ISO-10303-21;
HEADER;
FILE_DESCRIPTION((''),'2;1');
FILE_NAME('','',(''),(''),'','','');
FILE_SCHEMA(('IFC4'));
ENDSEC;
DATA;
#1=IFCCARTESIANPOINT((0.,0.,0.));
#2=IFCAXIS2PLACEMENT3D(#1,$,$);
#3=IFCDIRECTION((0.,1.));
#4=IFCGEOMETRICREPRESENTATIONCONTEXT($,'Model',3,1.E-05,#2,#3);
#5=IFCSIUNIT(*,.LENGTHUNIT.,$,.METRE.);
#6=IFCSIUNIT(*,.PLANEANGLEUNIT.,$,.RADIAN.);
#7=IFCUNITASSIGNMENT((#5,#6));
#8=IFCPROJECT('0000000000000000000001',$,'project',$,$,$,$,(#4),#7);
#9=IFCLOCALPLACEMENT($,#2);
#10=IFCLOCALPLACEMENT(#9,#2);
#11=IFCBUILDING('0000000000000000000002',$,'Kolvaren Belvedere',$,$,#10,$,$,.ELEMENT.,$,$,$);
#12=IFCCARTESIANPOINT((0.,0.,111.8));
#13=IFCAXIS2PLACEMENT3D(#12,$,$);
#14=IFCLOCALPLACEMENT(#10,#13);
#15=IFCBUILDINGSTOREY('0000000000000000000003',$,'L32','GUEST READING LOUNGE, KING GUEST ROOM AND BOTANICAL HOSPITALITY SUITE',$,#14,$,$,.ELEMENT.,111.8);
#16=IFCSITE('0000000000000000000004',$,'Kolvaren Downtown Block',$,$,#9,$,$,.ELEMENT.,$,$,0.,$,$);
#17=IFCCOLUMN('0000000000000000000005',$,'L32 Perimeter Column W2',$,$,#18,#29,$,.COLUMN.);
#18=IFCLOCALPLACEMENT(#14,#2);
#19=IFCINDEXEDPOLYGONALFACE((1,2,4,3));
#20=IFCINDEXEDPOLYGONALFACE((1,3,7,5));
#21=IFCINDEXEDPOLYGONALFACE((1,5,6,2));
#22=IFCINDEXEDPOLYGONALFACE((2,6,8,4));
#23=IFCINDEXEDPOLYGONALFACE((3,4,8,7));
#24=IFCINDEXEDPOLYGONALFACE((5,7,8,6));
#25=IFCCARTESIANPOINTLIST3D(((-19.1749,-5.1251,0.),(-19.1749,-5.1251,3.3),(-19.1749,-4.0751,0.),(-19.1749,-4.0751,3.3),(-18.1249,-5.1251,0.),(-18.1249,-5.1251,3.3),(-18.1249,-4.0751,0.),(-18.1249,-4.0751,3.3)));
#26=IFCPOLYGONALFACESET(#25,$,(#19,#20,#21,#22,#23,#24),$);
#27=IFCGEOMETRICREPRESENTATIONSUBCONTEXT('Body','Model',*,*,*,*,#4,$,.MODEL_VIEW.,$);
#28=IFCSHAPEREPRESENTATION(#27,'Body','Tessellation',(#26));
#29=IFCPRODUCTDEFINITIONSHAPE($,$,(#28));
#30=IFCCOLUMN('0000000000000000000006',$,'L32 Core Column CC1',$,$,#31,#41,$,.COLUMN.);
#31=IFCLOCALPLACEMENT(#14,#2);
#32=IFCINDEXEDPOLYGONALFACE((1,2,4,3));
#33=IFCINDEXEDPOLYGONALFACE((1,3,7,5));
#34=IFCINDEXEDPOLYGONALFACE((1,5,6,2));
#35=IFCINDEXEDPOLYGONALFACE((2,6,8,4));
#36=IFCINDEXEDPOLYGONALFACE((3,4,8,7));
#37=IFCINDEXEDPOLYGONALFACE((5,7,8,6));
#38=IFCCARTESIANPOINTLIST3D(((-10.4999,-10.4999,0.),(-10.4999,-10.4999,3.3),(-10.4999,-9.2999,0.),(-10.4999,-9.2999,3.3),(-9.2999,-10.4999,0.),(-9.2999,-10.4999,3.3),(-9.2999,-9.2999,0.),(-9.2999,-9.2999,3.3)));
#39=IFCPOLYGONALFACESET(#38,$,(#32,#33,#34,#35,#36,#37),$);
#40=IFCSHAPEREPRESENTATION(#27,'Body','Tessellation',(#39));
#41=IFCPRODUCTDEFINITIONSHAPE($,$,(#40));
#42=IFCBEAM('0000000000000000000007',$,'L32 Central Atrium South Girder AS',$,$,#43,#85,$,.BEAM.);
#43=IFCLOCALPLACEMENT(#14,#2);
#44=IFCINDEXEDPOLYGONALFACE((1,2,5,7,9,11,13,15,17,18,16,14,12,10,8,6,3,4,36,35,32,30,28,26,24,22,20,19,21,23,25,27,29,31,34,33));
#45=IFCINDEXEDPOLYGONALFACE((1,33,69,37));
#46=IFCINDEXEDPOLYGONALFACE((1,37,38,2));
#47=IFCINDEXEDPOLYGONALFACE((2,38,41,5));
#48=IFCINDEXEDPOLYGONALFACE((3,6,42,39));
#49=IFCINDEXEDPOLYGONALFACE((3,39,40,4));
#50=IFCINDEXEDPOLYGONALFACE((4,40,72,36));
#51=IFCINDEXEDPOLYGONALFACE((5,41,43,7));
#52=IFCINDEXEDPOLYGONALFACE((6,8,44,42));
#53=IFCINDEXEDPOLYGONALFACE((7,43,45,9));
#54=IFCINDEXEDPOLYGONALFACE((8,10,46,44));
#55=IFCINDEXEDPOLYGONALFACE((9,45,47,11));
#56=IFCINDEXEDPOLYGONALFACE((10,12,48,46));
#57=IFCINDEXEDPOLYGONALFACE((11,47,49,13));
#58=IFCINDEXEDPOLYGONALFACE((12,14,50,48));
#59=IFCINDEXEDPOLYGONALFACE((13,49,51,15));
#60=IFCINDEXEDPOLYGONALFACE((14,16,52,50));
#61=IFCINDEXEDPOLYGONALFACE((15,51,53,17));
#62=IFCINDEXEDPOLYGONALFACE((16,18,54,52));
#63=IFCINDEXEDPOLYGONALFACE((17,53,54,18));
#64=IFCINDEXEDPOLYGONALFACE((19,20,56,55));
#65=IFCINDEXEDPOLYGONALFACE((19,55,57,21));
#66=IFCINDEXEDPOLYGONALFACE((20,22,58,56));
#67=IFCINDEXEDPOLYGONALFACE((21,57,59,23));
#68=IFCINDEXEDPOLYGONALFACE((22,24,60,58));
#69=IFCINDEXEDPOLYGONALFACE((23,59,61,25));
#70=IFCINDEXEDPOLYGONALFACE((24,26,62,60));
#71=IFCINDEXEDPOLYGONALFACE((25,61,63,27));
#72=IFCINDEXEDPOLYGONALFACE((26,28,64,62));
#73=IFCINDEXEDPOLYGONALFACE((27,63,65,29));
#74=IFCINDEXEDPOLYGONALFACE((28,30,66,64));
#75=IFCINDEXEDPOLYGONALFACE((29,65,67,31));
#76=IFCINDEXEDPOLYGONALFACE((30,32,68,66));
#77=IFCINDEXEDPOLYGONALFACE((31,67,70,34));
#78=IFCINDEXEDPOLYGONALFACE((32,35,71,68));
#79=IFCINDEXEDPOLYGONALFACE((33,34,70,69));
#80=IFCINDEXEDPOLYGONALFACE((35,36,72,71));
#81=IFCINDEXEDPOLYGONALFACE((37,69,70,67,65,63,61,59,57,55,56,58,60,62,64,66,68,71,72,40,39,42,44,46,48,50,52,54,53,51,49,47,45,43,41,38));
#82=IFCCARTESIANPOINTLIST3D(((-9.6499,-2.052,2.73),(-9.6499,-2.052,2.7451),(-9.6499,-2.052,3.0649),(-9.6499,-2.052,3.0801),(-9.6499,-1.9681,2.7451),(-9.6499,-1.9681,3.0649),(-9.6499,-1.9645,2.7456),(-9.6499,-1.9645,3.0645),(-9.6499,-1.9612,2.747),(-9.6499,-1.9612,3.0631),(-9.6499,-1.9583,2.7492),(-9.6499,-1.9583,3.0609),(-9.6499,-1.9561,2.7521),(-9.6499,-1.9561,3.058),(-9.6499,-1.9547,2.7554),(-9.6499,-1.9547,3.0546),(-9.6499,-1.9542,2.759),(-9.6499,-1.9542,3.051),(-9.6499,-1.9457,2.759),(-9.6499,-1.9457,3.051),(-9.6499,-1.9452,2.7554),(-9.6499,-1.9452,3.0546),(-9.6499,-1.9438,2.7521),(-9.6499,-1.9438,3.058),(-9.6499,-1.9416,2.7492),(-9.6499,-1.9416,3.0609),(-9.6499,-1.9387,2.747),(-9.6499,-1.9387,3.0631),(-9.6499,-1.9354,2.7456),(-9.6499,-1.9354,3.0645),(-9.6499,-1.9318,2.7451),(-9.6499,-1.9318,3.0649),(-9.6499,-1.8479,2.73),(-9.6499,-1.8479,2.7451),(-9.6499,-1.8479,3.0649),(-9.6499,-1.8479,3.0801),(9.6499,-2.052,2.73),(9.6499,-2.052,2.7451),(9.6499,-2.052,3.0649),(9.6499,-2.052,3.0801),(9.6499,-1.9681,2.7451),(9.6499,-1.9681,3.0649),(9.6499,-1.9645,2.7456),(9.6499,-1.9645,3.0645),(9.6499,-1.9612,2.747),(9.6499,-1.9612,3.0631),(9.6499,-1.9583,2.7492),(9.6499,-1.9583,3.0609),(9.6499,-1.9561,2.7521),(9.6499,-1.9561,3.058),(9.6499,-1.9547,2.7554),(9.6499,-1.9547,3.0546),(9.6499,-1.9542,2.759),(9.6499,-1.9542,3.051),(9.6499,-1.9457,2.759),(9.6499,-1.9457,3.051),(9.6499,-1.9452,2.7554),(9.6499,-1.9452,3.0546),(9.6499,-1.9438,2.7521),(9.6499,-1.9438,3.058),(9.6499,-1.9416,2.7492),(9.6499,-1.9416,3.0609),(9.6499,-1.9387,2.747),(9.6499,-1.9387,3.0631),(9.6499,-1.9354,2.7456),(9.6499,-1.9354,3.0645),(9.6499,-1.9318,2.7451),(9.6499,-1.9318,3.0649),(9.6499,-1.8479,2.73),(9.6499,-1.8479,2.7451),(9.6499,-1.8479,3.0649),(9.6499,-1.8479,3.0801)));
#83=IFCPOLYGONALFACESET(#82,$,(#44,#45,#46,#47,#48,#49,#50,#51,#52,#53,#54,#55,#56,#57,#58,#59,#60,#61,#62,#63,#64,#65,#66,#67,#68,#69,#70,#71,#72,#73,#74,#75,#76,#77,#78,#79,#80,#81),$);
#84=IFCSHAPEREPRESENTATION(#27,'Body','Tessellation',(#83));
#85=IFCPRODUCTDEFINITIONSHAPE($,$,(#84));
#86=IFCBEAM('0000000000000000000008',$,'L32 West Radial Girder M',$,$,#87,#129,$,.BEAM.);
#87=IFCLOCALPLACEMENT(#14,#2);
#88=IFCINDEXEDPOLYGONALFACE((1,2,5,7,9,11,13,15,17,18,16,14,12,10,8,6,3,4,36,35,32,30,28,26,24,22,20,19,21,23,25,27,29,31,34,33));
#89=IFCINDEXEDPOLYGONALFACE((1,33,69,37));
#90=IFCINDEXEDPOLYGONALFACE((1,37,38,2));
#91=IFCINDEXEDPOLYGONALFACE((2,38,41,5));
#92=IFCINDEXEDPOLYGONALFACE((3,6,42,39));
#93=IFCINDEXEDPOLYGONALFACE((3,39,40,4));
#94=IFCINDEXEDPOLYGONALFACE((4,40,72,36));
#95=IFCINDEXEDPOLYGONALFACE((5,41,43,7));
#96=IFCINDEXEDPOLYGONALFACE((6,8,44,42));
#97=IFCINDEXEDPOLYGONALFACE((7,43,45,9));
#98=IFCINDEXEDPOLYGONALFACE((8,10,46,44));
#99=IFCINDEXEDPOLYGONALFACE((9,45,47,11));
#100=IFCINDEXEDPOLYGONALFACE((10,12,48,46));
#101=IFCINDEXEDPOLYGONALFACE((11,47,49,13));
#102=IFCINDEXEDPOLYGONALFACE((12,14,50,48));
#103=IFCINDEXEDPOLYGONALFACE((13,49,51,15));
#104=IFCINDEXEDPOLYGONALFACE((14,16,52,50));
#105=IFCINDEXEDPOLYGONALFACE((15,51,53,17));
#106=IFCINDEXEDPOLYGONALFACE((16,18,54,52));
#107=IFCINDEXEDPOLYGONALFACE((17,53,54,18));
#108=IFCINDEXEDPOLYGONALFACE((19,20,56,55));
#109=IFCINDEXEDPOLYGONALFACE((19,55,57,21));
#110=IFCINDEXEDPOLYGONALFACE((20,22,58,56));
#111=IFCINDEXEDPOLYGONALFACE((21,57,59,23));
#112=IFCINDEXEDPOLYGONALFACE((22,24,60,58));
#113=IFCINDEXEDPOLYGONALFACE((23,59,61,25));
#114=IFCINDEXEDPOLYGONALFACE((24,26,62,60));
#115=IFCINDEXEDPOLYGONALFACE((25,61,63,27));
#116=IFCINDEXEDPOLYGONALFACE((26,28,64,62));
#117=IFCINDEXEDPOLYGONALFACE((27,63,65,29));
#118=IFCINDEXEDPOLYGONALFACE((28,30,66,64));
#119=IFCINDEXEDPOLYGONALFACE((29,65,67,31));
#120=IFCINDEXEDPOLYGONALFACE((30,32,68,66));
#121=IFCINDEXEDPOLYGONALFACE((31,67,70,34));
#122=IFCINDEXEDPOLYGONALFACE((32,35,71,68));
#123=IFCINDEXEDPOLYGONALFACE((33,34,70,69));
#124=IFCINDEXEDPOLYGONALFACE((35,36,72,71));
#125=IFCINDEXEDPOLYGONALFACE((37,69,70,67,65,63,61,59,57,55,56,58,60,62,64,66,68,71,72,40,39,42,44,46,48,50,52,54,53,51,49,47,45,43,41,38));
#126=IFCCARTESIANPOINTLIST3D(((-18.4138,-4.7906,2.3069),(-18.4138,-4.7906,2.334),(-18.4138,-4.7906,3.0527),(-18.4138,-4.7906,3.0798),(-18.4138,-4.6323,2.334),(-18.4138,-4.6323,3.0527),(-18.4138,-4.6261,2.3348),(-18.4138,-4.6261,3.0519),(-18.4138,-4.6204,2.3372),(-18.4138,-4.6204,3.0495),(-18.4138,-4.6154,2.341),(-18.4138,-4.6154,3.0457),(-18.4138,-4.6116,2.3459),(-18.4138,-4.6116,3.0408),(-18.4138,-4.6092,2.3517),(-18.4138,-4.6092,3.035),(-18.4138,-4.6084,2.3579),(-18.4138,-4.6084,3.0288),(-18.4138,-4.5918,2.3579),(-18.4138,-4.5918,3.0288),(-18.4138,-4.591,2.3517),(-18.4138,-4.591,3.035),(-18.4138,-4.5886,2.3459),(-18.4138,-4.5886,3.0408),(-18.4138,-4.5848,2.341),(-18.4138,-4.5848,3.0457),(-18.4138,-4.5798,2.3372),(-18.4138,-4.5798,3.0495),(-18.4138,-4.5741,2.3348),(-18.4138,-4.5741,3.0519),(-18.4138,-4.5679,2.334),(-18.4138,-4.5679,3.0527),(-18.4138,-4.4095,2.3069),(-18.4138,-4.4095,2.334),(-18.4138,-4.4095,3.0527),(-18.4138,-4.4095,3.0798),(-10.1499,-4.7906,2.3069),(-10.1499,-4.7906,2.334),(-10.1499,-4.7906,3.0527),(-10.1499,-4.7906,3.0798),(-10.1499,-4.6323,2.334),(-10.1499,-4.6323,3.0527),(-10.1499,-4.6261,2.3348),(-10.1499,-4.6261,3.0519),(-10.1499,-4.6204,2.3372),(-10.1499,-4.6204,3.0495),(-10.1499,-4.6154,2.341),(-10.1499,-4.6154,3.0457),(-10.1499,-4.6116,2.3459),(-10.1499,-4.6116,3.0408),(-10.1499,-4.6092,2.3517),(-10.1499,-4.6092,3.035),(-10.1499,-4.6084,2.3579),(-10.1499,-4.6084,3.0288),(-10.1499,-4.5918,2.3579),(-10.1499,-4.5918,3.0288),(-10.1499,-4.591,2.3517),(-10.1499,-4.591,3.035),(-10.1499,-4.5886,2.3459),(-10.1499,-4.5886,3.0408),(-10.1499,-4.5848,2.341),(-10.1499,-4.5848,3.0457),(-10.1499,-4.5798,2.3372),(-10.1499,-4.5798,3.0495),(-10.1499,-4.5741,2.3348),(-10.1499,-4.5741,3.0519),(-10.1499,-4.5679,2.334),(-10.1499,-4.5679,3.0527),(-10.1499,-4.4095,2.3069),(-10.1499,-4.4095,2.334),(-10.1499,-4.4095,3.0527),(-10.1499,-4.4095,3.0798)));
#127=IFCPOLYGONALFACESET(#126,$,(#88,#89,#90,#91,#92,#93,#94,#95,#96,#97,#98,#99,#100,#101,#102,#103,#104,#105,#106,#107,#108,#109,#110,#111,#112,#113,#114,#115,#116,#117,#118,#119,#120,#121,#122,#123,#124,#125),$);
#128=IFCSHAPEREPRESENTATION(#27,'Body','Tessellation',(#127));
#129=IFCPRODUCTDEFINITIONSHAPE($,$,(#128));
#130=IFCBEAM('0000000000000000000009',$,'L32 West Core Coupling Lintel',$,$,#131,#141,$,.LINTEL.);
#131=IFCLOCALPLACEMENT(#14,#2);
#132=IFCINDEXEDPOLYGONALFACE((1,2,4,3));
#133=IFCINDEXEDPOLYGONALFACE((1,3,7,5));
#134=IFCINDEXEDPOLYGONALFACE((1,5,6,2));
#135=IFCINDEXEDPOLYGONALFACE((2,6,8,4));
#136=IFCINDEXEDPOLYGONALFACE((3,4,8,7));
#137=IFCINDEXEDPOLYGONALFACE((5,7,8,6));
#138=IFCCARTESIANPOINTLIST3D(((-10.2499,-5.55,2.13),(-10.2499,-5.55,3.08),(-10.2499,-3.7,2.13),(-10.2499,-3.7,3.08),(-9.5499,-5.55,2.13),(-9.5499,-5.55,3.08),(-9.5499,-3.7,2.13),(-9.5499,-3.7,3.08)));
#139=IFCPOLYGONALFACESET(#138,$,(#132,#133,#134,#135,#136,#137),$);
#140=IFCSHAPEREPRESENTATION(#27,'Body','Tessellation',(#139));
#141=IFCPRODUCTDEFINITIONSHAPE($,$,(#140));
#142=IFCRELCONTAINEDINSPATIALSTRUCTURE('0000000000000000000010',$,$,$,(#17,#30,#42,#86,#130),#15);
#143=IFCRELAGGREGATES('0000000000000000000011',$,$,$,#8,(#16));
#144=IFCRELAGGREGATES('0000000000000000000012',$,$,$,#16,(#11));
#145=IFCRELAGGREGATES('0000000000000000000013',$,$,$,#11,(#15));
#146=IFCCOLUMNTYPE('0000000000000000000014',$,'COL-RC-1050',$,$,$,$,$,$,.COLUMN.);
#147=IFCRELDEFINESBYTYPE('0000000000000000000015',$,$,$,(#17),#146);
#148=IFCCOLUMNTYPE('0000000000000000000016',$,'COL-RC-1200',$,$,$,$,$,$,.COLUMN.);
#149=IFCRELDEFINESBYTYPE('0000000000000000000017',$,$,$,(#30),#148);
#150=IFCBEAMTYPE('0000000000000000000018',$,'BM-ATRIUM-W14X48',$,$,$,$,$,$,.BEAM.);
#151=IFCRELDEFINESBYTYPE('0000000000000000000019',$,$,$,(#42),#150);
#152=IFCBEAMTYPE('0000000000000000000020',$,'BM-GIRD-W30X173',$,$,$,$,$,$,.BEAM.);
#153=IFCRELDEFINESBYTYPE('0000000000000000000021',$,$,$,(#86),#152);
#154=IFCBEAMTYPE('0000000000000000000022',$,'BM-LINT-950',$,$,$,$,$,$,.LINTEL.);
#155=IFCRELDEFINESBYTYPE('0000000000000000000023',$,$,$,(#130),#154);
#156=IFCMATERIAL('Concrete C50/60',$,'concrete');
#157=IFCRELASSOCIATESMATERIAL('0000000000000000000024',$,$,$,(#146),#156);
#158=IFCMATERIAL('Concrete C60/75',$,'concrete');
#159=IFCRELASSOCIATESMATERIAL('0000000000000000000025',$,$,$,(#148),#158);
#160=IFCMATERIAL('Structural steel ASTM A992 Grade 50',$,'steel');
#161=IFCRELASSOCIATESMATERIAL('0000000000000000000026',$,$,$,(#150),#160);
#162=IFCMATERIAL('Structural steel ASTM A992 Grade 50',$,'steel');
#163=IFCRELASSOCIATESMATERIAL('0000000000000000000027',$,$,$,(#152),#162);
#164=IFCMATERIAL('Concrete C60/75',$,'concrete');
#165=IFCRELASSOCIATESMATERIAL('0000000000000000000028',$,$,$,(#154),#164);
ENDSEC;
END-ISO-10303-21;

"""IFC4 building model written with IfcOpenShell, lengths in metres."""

from ifc_helpers import new_model, si_unit, direction, frame, origin, origin_2d, place, context, subcontext, project, spatial, rectangle, i_section, extrude, material, material_profile, profile_set, type_object, element, save


model = new_model("IFC4")

# Units and contexts
model_context = context("Model", 3, precision=1e-05, world=origin(), true_north=direction((0.0, 1.0)))
body_context = subcontext(model_context, "Body", "Model", "MODEL_VIEW")
ifc_project = project(units=[si_unit("LENGTHUNIT", "METRE"), si_unit("PLANEANGLEUNIT", "RADIAN")], contexts=[model_context])

# Site, building, storey
site_placement = place(None, origin())
site = spatial("IfcSite", under=ifc_project, at=site_placement, Name="Kolvaren Downtown Block", CompositionType="ELEMENT", RefElevation=0.0)
building_placement = place(site_placement, origin())
building = spatial("IfcBuilding", under=site, at=building_placement, Name="Kolvaren Belvedere", CompositionType="ELEMENT")
storey_placement = place(building_placement, frame((0.0, 0.0, 111.8)))
storey = spatial("IfcBuildingStorey", under=building, at=storey_placement, Name="L32", Description="GUEST READING LOUNGE, KING GUEST ROOM AND BOTANICAL HOSPITALITY SUITE", CompositionType="ELEMENT", Elevation=111.8)

# Columns
ifc_material_1 = material(Name="Concrete C50/60", Category="concrete")
ifc_material_profile_1 = material_profile(ifc_material_1, rectangle(XDim=1.05, YDim=1.05, at=origin_2d()), Name="RC 1050X1050")
ifc_profile_set_1 = profile_set([ifc_material_profile_1], Name="Concrete C50/60")
column_type_1 = type_object("IfcColumnType", Name="COL-RC-1050", PredefinedType="COLUMN", material=ifc_profile_set_1)
column_1_placement = place(storey_placement, frame((-18.6499, -4.6001, 0.0), z_axis=(0.0, 0.0, 1.0), x_axis=(1.0, 0.0, 0.0)))
element("IfcColumn", 1, at=column_1_placement, inside=storey, type_object=column_type_1, Name="L32 Perimeter Column W2", PredefinedType="COLUMN", context=body_context, shape_type="SweptSolid", body=[
    extrude(rectangle(XDim=1.05, YDim=1.05, at=origin_2d()), origin(), (0.0, 0.0, 1.0), 3.3),
])
ifc_material_2 = material(Name="Concrete C60/75", Category="concrete")
ifc_material_profile_2 = material_profile(ifc_material_2, rectangle(XDim=1.2, YDim=1.2, at=origin_2d()), Name="RC 1200X1200")
ifc_profile_set_2 = profile_set([ifc_material_profile_2], Name="Concrete C60/75")
column_type_2 = type_object("IfcColumnType", Name="COL-RC-1200", PredefinedType="COLUMN", material=ifc_profile_set_2)
column_2_placement = place(storey_placement, frame((-9.8999, -9.8999, 0.0), z_axis=(0.0, 0.0, 1.0), x_axis=(1.0, 0.0, 0.0)))
element("IfcColumn", 2, at=column_2_placement, inside=storey, type_object=column_type_2, Name="L32 Core Column CC1", PredefinedType="COLUMN", context=body_context, shape_type="SweptSolid", body=[
    extrude(rectangle(XDim=1.2, YDim=1.2, at=origin_2d()), origin(), (0.0, 0.0, 1.0), 3.3),
])

# Beams
ifc_material_3 = material(Name="Structural steel ASTM A992 Grade 50", Category="steel")
ifc_material_profile_3 = material_profile(ifc_material_3, i_section(OverallWidth=0.2041, OverallDepth=0.3501, WebThickness=0.0085, FlangeThickness=0.0151, FilletRadius=0.0139, at=origin_2d()), Name="W14X48")
ifc_profile_set_3 = profile_set([ifc_material_profile_3], Name="Structural steel ASTM A992 Grade 50")
beam_type_1 = type_object("IfcBeamType", Name="BM-ATRIUM-W14X48", PredefinedType="BEAM", material=ifc_profile_set_3)
beam_1_placement = place(storey_placement, frame((-9.6499, -1.95, 2.905), z_axis=(1.0, 0.0, 0.0), x_axis=(0.0, 1.0, 0.0)))
element("IfcBeam", 3, at=beam_1_placement, inside=storey, type_object=beam_type_1, Name="L32 Central Atrium South Girder AS", PredefinedType="BEAM", context=body_context, shape_type="SweptSolid", body=[
    extrude(i_section(OverallWidth=0.2041, OverallDepth=0.3501, WebThickness=0.0085, FlangeThickness=0.0151, FilletRadius=0.0139, at=origin_2d()), origin(), (0.0, 0.0, 1.0), 19.2998),
])
ifc_material_4 = material(Name="Structural steel ASTM A992 Grade 50", Category="steel")
ifc_material_profile_4 = material_profile(ifc_material_4, i_section(OverallWidth=0.3811, OverallDepth=0.7729, WebThickness=0.0166, FlangeThickness=0.0271, FilletRadius=0.0239, at=origin_2d()), Name="W30X173")
ifc_profile_set_4 = profile_set([ifc_material_profile_4], Name="Structural steel ASTM A992 Grade 50")
beam_type_2 = type_object("IfcBeamType", Name="BM-GIRD-W30X173", PredefinedType="BEAM", material=ifc_profile_set_4)
beam_2_placement = place(storey_placement, frame((-10.1499, -4.6001, 2.6934), z_axis=(-1.0, 0.0, 0.0), x_axis=(0.0, -1.0, 0.0)))
element("IfcBeam", 4, at=beam_2_placement, inside=storey, type_object=beam_type_2, Name="L32 West Radial Girder M", PredefinedType="BEAM", context=body_context, shape_type="SweptSolid", body=[
    extrude(i_section(OverallWidth=0.3811, OverallDepth=0.7729, WebThickness=0.0166, FlangeThickness=0.0271, FilletRadius=0.0239, at=origin_2d()), origin(), (0.0, 0.0, 1.0), 8.2639),
])
ifc_material_5 = material(Name="Concrete C60/75", Category="concrete")
ifc_material_profile_5 = material_profile(ifc_material_5, rectangle(XDim=0.7, YDim=0.95, at=origin_2d()), Name="RC 700X950")
ifc_profile_set_5 = profile_set([ifc_material_profile_5], Name="Concrete C60/75")
beam_type_3 = type_object("IfcBeamType", Name="BM-LINT-950", PredefinedType="LINTEL", material=ifc_profile_set_5)
beam_3_placement = place(storey_placement, frame((-9.8999, -5.55, 2.605), z_axis=(0.0, 1.0, 0.0), x_axis=(-1.0, 0.0, 0.0)))
element("IfcBeam", 5, at=beam_3_placement, inside=storey, type_object=beam_type_3, Name="L32 West Core Coupling Lintel", PredefinedType="LINTEL", context=body_context, shape_type="SweptSolid", body=[
    extrude(rectangle(XDim=0.7, YDim=0.95, at=origin_2d()), origin(), (0.0, 0.0, 1.0), 1.8501),
])

save(model, "model.ifc")
